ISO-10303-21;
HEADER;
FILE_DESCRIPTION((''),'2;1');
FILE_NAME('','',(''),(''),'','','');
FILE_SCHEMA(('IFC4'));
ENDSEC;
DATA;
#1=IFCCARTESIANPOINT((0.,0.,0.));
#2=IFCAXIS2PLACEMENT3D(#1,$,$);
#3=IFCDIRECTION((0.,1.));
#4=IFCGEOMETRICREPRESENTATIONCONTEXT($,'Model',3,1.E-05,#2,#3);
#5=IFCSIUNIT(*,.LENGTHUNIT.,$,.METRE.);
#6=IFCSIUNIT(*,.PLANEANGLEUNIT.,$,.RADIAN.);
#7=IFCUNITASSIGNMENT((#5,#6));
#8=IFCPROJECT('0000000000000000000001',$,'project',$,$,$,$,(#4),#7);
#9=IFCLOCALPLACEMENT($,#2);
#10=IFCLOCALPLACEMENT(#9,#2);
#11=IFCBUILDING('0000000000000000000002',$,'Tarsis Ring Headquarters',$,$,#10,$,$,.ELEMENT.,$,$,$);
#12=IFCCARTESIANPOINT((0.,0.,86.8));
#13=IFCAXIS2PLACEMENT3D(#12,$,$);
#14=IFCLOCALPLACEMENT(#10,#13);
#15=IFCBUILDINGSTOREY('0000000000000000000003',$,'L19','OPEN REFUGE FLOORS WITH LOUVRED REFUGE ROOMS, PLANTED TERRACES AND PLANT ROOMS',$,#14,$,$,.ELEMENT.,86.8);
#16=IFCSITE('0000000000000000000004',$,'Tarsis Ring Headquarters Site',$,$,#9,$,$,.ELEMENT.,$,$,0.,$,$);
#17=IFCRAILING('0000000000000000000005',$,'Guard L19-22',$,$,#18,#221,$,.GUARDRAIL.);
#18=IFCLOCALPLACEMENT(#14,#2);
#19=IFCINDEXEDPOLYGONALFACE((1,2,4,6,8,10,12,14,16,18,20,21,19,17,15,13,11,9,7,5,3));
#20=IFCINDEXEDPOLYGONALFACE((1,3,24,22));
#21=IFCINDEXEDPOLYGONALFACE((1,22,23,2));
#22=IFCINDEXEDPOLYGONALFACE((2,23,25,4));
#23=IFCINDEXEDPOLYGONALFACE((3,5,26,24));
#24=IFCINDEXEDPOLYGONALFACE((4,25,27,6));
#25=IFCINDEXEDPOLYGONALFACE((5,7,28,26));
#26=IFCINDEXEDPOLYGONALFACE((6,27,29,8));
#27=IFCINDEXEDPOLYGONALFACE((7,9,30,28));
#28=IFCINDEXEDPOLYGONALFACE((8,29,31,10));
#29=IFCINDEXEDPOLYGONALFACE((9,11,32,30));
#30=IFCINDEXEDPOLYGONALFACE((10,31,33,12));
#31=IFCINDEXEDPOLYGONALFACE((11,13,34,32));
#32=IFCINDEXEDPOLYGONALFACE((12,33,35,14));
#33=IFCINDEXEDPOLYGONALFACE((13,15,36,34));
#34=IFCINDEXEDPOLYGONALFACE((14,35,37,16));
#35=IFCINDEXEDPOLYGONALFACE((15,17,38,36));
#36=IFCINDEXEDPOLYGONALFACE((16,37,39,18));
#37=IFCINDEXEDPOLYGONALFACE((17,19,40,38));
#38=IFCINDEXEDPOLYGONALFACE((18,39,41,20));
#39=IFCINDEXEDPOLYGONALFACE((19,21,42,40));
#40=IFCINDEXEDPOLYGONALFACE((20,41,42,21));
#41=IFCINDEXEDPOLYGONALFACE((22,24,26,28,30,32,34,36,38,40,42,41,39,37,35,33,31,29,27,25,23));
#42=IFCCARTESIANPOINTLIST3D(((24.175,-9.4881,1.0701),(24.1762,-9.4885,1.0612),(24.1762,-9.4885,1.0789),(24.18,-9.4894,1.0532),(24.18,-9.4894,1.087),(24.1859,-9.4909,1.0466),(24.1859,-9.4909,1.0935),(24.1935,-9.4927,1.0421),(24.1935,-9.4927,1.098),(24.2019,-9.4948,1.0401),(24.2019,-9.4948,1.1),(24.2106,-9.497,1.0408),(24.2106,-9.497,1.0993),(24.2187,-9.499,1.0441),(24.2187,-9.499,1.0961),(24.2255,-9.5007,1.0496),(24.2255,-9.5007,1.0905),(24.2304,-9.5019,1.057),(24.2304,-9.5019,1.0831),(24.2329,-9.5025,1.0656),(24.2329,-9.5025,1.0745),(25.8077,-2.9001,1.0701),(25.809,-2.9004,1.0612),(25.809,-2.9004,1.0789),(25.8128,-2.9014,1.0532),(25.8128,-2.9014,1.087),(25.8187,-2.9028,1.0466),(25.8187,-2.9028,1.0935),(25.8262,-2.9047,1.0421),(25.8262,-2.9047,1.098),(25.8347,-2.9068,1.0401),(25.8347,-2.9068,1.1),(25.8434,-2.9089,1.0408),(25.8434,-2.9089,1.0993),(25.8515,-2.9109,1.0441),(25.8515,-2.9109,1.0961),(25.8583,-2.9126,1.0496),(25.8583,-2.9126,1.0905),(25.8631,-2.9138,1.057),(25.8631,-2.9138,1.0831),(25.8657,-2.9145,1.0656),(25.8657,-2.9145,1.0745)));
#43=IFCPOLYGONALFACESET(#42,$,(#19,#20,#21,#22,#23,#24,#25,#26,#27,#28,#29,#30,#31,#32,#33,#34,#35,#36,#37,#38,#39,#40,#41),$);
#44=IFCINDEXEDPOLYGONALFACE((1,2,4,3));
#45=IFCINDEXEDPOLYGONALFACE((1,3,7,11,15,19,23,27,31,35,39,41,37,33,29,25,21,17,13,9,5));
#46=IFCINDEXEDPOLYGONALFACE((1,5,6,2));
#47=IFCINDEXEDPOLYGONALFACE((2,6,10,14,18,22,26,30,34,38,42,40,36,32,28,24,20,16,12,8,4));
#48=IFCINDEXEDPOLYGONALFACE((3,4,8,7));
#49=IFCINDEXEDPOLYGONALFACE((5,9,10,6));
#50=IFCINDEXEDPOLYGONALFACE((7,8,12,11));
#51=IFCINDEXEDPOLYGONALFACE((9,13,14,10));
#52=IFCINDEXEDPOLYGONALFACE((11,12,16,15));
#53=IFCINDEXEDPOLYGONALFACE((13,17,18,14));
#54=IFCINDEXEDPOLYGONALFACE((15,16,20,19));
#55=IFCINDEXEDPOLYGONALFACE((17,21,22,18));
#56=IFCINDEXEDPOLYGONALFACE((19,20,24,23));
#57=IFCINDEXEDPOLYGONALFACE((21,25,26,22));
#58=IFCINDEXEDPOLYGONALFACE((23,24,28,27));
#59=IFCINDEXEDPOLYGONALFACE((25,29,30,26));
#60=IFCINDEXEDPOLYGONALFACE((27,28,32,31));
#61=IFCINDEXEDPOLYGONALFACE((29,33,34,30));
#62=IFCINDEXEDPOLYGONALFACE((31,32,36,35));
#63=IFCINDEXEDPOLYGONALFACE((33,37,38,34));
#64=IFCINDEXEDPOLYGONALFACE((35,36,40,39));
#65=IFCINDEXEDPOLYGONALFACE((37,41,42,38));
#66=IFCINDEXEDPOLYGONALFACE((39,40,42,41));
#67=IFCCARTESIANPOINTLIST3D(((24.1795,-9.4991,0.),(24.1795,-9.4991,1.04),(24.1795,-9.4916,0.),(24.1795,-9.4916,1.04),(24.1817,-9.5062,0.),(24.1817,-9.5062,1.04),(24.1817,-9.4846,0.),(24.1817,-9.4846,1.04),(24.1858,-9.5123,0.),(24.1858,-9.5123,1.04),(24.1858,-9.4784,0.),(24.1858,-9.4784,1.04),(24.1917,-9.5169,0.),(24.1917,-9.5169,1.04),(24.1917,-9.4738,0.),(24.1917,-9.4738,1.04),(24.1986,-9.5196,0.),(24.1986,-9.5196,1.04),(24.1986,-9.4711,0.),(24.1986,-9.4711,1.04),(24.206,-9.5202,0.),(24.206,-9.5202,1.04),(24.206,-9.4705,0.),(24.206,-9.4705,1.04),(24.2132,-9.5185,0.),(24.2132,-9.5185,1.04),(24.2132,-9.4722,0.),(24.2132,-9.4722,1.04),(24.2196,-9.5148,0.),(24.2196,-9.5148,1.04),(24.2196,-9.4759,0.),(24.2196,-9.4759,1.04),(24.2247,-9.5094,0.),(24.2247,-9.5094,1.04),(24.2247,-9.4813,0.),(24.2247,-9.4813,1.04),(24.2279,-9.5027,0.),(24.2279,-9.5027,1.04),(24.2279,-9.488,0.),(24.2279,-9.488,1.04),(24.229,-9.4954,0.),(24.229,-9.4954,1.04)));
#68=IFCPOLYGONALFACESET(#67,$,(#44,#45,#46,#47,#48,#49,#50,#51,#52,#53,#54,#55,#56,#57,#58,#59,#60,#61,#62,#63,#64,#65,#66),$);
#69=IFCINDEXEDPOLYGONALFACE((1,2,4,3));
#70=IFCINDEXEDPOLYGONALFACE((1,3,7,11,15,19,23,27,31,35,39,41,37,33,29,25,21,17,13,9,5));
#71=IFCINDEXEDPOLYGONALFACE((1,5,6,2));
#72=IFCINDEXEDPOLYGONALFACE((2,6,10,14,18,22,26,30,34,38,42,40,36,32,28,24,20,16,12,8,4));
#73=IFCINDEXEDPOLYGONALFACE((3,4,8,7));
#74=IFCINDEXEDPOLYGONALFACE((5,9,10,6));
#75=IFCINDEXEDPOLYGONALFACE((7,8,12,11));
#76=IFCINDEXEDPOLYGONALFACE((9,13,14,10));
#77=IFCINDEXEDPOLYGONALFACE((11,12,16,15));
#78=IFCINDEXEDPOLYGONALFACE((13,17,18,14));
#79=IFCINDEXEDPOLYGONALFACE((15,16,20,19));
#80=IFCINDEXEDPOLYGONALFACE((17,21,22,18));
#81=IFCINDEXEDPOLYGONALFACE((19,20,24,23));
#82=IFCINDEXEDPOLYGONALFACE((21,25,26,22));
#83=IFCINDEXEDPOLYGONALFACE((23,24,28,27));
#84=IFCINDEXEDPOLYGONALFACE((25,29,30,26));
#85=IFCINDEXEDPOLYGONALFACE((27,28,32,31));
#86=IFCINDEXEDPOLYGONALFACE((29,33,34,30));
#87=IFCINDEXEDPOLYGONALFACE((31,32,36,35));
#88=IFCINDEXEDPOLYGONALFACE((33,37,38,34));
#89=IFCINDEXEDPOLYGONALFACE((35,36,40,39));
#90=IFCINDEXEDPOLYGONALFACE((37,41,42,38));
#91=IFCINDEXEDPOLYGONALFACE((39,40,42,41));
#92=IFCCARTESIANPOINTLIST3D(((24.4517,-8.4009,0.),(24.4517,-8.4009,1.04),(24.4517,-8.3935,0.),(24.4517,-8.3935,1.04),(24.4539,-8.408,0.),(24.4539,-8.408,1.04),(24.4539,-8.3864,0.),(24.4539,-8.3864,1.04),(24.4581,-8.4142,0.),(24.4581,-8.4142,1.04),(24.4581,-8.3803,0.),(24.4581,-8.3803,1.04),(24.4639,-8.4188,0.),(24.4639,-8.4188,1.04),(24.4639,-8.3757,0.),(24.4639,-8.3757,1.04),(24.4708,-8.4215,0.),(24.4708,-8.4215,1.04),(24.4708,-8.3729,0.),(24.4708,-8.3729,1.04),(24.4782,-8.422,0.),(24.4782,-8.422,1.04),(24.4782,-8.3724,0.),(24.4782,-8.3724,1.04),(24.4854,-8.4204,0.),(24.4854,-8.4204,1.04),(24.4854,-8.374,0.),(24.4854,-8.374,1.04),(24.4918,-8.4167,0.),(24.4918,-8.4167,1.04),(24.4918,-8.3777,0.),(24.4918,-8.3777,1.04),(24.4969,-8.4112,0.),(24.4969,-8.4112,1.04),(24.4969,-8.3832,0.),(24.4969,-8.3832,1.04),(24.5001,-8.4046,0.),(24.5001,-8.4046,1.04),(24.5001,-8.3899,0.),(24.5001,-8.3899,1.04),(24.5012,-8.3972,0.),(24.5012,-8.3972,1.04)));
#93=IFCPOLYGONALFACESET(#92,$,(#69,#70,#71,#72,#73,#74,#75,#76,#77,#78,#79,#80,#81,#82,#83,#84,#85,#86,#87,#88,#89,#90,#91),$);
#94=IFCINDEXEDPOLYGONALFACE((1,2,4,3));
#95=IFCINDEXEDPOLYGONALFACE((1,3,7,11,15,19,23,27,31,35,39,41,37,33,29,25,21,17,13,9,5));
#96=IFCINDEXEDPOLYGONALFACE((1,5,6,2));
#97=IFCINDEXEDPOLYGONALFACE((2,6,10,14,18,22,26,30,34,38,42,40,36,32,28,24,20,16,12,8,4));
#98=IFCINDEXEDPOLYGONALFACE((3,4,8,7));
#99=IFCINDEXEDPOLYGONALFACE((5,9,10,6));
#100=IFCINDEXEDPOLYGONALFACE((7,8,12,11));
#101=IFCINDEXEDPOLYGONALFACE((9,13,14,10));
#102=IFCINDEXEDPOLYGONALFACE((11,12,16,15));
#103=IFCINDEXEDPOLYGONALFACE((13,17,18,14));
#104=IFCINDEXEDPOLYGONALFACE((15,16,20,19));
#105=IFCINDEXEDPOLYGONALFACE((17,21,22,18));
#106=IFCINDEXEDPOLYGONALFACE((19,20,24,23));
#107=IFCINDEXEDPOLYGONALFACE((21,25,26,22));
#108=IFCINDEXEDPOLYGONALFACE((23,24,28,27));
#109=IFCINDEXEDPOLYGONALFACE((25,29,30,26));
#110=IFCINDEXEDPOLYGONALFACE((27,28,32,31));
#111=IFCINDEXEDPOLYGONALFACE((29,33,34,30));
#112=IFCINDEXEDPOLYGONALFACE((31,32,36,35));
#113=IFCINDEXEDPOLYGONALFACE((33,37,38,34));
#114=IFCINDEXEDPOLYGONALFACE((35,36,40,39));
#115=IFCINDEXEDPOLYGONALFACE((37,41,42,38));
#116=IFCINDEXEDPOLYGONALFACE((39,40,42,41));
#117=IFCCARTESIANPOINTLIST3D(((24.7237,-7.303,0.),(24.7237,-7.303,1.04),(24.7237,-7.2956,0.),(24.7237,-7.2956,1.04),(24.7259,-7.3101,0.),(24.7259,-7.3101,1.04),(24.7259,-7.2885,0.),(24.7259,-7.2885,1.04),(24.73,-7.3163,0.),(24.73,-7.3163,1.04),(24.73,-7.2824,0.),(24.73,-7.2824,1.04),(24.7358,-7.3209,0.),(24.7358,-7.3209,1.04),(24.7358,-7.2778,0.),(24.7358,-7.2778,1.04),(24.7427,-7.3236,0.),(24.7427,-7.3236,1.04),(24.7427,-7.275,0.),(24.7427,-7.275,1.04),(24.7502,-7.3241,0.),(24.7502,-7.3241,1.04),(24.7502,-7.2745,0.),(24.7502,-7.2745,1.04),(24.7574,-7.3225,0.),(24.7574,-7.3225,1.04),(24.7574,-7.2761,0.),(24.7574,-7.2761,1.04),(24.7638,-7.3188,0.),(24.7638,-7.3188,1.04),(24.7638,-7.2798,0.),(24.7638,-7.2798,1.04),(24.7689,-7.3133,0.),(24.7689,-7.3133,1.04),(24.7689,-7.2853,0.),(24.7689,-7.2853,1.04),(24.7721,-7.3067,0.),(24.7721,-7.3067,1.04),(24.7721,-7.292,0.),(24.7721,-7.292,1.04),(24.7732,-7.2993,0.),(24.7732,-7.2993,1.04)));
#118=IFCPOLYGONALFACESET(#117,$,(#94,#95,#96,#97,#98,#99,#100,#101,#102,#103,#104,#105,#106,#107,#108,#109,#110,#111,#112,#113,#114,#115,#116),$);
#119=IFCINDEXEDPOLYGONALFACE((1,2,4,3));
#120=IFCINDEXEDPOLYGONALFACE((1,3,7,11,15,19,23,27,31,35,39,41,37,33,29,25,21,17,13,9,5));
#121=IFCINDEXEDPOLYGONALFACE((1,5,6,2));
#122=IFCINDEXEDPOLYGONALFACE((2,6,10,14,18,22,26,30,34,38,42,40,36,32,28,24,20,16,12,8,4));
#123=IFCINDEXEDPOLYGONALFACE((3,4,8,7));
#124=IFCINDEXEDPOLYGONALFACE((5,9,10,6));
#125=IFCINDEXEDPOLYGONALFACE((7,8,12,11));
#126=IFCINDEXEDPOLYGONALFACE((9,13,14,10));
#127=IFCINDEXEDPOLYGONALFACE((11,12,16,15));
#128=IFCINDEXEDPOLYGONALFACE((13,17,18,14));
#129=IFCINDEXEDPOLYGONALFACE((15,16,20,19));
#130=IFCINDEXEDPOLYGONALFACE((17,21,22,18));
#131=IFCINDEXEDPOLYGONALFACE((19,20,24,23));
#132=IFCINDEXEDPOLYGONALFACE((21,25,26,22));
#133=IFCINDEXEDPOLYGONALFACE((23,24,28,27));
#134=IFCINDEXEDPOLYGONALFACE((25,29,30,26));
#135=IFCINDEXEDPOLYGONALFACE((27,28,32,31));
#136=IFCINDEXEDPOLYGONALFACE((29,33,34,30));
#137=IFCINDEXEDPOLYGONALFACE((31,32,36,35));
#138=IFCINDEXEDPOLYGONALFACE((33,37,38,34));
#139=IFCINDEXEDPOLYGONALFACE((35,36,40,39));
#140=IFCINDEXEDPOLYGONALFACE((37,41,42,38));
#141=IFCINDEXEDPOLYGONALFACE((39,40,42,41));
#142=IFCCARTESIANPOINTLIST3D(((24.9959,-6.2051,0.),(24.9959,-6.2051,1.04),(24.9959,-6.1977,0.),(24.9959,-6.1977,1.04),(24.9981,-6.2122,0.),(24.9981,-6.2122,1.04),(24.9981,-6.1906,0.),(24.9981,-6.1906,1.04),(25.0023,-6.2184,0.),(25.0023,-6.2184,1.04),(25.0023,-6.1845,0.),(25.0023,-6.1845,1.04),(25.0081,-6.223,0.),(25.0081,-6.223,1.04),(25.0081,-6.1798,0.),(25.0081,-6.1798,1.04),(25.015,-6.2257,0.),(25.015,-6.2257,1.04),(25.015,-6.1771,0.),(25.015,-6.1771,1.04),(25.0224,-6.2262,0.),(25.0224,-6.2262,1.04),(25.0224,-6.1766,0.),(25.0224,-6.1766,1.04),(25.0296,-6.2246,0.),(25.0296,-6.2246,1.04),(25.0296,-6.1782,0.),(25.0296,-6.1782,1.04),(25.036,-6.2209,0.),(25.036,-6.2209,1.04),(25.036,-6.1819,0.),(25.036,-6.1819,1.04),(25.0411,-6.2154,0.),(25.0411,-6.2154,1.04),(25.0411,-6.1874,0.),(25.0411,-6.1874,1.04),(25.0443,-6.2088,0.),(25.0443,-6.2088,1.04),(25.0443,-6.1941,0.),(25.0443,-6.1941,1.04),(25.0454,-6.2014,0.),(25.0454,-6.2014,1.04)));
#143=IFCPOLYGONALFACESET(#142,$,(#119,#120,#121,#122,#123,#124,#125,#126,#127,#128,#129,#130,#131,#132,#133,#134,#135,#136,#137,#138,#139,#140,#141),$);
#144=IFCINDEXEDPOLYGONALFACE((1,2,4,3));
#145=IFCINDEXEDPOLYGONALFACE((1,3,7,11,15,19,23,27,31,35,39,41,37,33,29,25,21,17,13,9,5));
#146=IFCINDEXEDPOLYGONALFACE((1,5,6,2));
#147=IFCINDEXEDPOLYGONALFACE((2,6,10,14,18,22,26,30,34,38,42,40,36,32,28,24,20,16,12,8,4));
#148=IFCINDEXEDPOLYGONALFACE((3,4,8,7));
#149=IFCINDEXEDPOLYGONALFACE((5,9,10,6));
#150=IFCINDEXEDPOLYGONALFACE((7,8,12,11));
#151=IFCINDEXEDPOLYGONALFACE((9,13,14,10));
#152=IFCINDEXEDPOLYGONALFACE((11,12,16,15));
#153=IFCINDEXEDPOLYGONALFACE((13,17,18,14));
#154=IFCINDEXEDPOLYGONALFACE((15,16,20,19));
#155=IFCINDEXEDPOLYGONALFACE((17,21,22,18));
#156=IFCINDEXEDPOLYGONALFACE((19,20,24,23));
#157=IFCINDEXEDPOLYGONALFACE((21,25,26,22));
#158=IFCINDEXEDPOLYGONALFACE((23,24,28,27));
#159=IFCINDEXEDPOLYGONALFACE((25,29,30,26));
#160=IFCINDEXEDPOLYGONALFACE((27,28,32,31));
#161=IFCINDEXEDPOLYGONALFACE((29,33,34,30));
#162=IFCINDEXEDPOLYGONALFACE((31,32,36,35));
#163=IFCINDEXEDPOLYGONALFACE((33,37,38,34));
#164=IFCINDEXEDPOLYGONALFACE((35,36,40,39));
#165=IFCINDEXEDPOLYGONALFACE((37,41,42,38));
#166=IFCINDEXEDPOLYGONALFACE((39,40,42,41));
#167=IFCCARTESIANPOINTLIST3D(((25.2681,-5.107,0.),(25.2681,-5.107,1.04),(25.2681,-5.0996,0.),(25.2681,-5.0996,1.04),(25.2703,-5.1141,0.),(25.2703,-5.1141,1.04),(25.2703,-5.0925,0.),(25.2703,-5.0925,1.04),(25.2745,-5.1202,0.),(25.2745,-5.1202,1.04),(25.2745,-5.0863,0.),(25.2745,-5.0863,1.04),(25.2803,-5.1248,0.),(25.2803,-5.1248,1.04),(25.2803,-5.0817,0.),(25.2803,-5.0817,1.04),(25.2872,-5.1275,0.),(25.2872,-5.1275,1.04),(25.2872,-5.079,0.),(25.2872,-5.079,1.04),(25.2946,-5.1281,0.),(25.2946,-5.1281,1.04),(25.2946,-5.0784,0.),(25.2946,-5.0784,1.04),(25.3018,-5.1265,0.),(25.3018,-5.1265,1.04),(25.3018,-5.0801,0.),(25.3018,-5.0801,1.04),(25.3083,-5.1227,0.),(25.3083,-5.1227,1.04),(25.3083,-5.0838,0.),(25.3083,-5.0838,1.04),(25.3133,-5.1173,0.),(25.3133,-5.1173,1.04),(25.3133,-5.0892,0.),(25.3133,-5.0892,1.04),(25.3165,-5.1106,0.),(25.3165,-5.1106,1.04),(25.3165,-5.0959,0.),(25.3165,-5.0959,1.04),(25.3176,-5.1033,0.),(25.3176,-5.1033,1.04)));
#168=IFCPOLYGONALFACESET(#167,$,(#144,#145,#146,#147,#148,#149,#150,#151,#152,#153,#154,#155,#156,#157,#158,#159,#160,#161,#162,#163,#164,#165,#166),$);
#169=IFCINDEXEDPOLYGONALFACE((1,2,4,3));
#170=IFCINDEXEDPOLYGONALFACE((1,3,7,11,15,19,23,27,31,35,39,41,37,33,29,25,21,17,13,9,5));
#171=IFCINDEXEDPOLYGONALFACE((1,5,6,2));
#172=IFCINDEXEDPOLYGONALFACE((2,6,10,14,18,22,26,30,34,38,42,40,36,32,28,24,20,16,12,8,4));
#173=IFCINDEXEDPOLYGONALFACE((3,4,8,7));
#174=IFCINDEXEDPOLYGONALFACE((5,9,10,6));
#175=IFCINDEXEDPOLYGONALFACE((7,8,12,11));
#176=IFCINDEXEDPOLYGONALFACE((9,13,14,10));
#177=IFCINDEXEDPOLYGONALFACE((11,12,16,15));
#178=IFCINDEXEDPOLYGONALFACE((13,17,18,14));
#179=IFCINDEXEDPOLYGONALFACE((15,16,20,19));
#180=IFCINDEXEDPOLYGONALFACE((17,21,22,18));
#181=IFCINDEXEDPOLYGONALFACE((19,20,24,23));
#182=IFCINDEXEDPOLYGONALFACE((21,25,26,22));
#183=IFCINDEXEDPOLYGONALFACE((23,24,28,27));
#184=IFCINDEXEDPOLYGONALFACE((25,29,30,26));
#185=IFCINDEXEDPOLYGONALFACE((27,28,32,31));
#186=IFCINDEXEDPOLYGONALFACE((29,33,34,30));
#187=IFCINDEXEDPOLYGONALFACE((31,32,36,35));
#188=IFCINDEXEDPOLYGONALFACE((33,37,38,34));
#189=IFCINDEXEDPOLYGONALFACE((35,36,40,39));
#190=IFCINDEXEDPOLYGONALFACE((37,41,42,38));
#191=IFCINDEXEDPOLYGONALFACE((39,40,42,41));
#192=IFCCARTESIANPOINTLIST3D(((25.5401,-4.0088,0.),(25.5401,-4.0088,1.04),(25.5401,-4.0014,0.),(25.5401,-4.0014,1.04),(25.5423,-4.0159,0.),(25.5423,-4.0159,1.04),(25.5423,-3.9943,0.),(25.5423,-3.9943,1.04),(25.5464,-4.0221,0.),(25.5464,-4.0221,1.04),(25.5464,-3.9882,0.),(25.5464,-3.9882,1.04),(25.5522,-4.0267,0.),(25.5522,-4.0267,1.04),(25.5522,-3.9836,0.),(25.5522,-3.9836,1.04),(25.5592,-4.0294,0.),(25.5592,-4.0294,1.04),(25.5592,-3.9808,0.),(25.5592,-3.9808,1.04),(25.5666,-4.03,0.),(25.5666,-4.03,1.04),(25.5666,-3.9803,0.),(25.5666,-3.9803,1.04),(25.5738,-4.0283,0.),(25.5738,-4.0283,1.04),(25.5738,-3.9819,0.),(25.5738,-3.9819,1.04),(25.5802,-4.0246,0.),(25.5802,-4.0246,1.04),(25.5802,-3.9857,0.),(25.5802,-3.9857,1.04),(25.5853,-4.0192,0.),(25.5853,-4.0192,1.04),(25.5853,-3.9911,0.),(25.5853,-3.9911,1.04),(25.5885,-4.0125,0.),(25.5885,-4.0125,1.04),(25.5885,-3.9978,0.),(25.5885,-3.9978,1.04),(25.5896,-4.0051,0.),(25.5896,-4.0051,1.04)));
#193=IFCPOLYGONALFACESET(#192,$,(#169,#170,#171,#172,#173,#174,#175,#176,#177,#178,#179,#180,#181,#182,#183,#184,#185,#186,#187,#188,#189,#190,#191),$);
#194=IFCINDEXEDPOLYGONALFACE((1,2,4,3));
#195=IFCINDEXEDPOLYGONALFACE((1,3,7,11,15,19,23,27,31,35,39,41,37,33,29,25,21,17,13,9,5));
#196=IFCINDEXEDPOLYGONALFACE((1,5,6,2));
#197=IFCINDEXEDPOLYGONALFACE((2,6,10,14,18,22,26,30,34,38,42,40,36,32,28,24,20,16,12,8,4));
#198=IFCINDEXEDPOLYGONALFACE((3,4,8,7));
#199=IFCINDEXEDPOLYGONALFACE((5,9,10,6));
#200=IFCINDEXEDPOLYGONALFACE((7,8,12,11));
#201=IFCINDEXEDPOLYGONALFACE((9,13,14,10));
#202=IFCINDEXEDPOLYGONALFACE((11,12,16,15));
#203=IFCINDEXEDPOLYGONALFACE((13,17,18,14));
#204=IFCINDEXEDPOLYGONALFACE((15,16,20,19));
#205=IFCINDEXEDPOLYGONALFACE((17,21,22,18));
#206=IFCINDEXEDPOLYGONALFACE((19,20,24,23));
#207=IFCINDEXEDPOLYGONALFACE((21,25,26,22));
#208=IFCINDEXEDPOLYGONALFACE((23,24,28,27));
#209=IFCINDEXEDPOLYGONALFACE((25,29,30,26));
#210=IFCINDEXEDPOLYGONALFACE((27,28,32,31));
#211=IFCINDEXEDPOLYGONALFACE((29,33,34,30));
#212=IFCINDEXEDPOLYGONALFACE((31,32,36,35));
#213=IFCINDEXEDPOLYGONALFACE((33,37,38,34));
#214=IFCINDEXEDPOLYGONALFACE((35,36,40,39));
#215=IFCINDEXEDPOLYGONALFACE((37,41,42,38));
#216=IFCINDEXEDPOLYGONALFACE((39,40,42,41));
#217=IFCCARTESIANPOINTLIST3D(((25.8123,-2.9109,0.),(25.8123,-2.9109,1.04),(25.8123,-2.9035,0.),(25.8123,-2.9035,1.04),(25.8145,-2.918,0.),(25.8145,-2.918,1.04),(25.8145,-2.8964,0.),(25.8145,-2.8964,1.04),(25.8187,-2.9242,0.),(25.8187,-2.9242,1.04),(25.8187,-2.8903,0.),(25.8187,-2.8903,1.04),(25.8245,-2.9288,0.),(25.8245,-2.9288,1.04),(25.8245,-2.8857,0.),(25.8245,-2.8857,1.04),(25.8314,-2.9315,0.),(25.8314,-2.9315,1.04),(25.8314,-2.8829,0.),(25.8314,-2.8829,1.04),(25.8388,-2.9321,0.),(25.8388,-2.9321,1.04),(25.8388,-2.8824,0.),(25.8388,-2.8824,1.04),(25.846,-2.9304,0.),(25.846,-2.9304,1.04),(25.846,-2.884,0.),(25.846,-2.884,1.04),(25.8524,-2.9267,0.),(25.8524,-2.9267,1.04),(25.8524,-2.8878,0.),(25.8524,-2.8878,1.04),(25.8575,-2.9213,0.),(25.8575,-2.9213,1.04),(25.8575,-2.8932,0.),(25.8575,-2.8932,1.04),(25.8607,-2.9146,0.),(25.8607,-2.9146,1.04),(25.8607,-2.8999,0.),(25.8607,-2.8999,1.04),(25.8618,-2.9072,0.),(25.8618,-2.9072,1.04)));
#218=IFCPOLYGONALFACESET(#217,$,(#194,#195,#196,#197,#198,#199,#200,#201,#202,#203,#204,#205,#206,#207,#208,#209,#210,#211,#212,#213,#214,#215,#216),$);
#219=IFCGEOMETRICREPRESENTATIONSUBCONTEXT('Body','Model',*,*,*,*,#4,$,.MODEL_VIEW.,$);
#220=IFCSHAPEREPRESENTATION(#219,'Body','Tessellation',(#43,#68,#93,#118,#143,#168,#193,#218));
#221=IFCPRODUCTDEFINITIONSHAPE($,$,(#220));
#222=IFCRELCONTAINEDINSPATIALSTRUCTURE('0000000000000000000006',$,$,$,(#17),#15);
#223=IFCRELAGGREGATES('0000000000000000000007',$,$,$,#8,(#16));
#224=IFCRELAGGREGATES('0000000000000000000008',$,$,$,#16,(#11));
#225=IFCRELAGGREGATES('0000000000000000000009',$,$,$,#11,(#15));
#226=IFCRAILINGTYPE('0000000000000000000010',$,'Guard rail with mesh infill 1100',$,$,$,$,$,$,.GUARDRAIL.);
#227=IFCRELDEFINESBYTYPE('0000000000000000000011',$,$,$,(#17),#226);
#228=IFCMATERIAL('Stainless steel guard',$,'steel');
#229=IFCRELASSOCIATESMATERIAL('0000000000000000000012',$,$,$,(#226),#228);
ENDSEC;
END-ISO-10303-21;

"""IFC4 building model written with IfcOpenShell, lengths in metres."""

from ifc_helpers import new_model, si_unit, direction, frame, origin, origin_2d, place, context, subcontext, project, spatial, circle, extrude, material, type_object, element, save


model = new_model("IFC4")

# Units and contexts
model_context = context("Model", 3, precision=1e-05, world=origin(), true_north=direction((0.0, 1.0)))
body_context = subcontext(model_context, "Body", "Model", "MODEL_VIEW")
ifc_project = project(units=[si_unit("LENGTHUNIT", "METRE"), si_unit("PLANEANGLEUNIT", "RADIAN")], contexts=[model_context])

# Site, building, storey
site_placement = place(None, origin())
site = spatial("IfcSite", under=ifc_project, at=site_placement, Name="Tarsis Ring Headquarters Site", CompositionType="ELEMENT", RefElevation=0.0)
building_placement = place(site_placement, origin())
building = spatial("IfcBuilding", under=site, at=building_placement, Name="Tarsis Ring Headquarters", CompositionType="ELEMENT")
storey_placement = place(building_placement, frame((0.0, 0.0, 86.8)))
storey = spatial("IfcBuildingStorey", under=building, at=storey_placement, Name="L19", Description="OPEN REFUGE FLOORS WITH LOUVRED REFUGE ROOMS, PLANTED TERRACES AND PLANT ROOMS", CompositionType="ELEMENT", Elevation=86.8)

# Railing
ifc_material_1 = material(Name="Stainless steel guard", Category="steel")
railing_type = type_object("IfcRailingType", Name="Guard rail with mesh infill 1100", PredefinedType="GUARDRAIL", material=ifc_material_1)
railing_1_placement = place(storey_placement, frame((24.2041, -9.4954, 0.0)))
element("IfcRailing", 1, at=railing_1_placement, inside=storey, type_object=railing_type, Name="Guard L19-22", PredefinedType="GUARDRAIL", context=body_context, shape_type="SweptSolid", body=[
    extrude(circle(Radius=0.03, at=origin_2d()), frame((0.0, 0.0, 1.0701), z_axis=(0.240563, 0.970633, 0.0), x_axis=(-0.970633, 0.240563, 0.0)), (0.0, 0.0, 1.0), 6.7874),
    extrude(circle(Radius=0.0249, at=origin_2d()), origin(), (0.0, 0.0, 1.0), 1.04),
    extrude(circle(Radius=0.0249, at=origin_2d()), frame((0.2722, 1.0981, 0.0)), (0.0, 0.0, 1.0), 1.04),
    extrude(circle(Radius=0.0249, at=origin_2d()), frame((0.5442, 2.196, 0.0)), (0.0, 0.0, 1.0), 1.04),
    extrude(circle(Radius=0.0249, at=origin_2d()), frame((0.8164, 3.2939, 0.0)), (0.0, 0.0, 1.0), 1.04),
    extrude(circle(Radius=0.0249, at=origin_2d()), frame((1.0886, 4.3921, 0.0)), (0.0, 0.0, 1.0), 1.04),
    extrude(circle(Radius=0.0249, at=origin_2d()), frame((1.3606, 5.4902, 0.0)), (0.0, 0.0, 1.0), 1.04),
    extrude(circle(Radius=0.0249, at=origin_2d()), frame((1.6328, 6.5881, 0.0)), (0.0, 0.0, 1.0), 1.04),
])

save(model, "model.ifc")
